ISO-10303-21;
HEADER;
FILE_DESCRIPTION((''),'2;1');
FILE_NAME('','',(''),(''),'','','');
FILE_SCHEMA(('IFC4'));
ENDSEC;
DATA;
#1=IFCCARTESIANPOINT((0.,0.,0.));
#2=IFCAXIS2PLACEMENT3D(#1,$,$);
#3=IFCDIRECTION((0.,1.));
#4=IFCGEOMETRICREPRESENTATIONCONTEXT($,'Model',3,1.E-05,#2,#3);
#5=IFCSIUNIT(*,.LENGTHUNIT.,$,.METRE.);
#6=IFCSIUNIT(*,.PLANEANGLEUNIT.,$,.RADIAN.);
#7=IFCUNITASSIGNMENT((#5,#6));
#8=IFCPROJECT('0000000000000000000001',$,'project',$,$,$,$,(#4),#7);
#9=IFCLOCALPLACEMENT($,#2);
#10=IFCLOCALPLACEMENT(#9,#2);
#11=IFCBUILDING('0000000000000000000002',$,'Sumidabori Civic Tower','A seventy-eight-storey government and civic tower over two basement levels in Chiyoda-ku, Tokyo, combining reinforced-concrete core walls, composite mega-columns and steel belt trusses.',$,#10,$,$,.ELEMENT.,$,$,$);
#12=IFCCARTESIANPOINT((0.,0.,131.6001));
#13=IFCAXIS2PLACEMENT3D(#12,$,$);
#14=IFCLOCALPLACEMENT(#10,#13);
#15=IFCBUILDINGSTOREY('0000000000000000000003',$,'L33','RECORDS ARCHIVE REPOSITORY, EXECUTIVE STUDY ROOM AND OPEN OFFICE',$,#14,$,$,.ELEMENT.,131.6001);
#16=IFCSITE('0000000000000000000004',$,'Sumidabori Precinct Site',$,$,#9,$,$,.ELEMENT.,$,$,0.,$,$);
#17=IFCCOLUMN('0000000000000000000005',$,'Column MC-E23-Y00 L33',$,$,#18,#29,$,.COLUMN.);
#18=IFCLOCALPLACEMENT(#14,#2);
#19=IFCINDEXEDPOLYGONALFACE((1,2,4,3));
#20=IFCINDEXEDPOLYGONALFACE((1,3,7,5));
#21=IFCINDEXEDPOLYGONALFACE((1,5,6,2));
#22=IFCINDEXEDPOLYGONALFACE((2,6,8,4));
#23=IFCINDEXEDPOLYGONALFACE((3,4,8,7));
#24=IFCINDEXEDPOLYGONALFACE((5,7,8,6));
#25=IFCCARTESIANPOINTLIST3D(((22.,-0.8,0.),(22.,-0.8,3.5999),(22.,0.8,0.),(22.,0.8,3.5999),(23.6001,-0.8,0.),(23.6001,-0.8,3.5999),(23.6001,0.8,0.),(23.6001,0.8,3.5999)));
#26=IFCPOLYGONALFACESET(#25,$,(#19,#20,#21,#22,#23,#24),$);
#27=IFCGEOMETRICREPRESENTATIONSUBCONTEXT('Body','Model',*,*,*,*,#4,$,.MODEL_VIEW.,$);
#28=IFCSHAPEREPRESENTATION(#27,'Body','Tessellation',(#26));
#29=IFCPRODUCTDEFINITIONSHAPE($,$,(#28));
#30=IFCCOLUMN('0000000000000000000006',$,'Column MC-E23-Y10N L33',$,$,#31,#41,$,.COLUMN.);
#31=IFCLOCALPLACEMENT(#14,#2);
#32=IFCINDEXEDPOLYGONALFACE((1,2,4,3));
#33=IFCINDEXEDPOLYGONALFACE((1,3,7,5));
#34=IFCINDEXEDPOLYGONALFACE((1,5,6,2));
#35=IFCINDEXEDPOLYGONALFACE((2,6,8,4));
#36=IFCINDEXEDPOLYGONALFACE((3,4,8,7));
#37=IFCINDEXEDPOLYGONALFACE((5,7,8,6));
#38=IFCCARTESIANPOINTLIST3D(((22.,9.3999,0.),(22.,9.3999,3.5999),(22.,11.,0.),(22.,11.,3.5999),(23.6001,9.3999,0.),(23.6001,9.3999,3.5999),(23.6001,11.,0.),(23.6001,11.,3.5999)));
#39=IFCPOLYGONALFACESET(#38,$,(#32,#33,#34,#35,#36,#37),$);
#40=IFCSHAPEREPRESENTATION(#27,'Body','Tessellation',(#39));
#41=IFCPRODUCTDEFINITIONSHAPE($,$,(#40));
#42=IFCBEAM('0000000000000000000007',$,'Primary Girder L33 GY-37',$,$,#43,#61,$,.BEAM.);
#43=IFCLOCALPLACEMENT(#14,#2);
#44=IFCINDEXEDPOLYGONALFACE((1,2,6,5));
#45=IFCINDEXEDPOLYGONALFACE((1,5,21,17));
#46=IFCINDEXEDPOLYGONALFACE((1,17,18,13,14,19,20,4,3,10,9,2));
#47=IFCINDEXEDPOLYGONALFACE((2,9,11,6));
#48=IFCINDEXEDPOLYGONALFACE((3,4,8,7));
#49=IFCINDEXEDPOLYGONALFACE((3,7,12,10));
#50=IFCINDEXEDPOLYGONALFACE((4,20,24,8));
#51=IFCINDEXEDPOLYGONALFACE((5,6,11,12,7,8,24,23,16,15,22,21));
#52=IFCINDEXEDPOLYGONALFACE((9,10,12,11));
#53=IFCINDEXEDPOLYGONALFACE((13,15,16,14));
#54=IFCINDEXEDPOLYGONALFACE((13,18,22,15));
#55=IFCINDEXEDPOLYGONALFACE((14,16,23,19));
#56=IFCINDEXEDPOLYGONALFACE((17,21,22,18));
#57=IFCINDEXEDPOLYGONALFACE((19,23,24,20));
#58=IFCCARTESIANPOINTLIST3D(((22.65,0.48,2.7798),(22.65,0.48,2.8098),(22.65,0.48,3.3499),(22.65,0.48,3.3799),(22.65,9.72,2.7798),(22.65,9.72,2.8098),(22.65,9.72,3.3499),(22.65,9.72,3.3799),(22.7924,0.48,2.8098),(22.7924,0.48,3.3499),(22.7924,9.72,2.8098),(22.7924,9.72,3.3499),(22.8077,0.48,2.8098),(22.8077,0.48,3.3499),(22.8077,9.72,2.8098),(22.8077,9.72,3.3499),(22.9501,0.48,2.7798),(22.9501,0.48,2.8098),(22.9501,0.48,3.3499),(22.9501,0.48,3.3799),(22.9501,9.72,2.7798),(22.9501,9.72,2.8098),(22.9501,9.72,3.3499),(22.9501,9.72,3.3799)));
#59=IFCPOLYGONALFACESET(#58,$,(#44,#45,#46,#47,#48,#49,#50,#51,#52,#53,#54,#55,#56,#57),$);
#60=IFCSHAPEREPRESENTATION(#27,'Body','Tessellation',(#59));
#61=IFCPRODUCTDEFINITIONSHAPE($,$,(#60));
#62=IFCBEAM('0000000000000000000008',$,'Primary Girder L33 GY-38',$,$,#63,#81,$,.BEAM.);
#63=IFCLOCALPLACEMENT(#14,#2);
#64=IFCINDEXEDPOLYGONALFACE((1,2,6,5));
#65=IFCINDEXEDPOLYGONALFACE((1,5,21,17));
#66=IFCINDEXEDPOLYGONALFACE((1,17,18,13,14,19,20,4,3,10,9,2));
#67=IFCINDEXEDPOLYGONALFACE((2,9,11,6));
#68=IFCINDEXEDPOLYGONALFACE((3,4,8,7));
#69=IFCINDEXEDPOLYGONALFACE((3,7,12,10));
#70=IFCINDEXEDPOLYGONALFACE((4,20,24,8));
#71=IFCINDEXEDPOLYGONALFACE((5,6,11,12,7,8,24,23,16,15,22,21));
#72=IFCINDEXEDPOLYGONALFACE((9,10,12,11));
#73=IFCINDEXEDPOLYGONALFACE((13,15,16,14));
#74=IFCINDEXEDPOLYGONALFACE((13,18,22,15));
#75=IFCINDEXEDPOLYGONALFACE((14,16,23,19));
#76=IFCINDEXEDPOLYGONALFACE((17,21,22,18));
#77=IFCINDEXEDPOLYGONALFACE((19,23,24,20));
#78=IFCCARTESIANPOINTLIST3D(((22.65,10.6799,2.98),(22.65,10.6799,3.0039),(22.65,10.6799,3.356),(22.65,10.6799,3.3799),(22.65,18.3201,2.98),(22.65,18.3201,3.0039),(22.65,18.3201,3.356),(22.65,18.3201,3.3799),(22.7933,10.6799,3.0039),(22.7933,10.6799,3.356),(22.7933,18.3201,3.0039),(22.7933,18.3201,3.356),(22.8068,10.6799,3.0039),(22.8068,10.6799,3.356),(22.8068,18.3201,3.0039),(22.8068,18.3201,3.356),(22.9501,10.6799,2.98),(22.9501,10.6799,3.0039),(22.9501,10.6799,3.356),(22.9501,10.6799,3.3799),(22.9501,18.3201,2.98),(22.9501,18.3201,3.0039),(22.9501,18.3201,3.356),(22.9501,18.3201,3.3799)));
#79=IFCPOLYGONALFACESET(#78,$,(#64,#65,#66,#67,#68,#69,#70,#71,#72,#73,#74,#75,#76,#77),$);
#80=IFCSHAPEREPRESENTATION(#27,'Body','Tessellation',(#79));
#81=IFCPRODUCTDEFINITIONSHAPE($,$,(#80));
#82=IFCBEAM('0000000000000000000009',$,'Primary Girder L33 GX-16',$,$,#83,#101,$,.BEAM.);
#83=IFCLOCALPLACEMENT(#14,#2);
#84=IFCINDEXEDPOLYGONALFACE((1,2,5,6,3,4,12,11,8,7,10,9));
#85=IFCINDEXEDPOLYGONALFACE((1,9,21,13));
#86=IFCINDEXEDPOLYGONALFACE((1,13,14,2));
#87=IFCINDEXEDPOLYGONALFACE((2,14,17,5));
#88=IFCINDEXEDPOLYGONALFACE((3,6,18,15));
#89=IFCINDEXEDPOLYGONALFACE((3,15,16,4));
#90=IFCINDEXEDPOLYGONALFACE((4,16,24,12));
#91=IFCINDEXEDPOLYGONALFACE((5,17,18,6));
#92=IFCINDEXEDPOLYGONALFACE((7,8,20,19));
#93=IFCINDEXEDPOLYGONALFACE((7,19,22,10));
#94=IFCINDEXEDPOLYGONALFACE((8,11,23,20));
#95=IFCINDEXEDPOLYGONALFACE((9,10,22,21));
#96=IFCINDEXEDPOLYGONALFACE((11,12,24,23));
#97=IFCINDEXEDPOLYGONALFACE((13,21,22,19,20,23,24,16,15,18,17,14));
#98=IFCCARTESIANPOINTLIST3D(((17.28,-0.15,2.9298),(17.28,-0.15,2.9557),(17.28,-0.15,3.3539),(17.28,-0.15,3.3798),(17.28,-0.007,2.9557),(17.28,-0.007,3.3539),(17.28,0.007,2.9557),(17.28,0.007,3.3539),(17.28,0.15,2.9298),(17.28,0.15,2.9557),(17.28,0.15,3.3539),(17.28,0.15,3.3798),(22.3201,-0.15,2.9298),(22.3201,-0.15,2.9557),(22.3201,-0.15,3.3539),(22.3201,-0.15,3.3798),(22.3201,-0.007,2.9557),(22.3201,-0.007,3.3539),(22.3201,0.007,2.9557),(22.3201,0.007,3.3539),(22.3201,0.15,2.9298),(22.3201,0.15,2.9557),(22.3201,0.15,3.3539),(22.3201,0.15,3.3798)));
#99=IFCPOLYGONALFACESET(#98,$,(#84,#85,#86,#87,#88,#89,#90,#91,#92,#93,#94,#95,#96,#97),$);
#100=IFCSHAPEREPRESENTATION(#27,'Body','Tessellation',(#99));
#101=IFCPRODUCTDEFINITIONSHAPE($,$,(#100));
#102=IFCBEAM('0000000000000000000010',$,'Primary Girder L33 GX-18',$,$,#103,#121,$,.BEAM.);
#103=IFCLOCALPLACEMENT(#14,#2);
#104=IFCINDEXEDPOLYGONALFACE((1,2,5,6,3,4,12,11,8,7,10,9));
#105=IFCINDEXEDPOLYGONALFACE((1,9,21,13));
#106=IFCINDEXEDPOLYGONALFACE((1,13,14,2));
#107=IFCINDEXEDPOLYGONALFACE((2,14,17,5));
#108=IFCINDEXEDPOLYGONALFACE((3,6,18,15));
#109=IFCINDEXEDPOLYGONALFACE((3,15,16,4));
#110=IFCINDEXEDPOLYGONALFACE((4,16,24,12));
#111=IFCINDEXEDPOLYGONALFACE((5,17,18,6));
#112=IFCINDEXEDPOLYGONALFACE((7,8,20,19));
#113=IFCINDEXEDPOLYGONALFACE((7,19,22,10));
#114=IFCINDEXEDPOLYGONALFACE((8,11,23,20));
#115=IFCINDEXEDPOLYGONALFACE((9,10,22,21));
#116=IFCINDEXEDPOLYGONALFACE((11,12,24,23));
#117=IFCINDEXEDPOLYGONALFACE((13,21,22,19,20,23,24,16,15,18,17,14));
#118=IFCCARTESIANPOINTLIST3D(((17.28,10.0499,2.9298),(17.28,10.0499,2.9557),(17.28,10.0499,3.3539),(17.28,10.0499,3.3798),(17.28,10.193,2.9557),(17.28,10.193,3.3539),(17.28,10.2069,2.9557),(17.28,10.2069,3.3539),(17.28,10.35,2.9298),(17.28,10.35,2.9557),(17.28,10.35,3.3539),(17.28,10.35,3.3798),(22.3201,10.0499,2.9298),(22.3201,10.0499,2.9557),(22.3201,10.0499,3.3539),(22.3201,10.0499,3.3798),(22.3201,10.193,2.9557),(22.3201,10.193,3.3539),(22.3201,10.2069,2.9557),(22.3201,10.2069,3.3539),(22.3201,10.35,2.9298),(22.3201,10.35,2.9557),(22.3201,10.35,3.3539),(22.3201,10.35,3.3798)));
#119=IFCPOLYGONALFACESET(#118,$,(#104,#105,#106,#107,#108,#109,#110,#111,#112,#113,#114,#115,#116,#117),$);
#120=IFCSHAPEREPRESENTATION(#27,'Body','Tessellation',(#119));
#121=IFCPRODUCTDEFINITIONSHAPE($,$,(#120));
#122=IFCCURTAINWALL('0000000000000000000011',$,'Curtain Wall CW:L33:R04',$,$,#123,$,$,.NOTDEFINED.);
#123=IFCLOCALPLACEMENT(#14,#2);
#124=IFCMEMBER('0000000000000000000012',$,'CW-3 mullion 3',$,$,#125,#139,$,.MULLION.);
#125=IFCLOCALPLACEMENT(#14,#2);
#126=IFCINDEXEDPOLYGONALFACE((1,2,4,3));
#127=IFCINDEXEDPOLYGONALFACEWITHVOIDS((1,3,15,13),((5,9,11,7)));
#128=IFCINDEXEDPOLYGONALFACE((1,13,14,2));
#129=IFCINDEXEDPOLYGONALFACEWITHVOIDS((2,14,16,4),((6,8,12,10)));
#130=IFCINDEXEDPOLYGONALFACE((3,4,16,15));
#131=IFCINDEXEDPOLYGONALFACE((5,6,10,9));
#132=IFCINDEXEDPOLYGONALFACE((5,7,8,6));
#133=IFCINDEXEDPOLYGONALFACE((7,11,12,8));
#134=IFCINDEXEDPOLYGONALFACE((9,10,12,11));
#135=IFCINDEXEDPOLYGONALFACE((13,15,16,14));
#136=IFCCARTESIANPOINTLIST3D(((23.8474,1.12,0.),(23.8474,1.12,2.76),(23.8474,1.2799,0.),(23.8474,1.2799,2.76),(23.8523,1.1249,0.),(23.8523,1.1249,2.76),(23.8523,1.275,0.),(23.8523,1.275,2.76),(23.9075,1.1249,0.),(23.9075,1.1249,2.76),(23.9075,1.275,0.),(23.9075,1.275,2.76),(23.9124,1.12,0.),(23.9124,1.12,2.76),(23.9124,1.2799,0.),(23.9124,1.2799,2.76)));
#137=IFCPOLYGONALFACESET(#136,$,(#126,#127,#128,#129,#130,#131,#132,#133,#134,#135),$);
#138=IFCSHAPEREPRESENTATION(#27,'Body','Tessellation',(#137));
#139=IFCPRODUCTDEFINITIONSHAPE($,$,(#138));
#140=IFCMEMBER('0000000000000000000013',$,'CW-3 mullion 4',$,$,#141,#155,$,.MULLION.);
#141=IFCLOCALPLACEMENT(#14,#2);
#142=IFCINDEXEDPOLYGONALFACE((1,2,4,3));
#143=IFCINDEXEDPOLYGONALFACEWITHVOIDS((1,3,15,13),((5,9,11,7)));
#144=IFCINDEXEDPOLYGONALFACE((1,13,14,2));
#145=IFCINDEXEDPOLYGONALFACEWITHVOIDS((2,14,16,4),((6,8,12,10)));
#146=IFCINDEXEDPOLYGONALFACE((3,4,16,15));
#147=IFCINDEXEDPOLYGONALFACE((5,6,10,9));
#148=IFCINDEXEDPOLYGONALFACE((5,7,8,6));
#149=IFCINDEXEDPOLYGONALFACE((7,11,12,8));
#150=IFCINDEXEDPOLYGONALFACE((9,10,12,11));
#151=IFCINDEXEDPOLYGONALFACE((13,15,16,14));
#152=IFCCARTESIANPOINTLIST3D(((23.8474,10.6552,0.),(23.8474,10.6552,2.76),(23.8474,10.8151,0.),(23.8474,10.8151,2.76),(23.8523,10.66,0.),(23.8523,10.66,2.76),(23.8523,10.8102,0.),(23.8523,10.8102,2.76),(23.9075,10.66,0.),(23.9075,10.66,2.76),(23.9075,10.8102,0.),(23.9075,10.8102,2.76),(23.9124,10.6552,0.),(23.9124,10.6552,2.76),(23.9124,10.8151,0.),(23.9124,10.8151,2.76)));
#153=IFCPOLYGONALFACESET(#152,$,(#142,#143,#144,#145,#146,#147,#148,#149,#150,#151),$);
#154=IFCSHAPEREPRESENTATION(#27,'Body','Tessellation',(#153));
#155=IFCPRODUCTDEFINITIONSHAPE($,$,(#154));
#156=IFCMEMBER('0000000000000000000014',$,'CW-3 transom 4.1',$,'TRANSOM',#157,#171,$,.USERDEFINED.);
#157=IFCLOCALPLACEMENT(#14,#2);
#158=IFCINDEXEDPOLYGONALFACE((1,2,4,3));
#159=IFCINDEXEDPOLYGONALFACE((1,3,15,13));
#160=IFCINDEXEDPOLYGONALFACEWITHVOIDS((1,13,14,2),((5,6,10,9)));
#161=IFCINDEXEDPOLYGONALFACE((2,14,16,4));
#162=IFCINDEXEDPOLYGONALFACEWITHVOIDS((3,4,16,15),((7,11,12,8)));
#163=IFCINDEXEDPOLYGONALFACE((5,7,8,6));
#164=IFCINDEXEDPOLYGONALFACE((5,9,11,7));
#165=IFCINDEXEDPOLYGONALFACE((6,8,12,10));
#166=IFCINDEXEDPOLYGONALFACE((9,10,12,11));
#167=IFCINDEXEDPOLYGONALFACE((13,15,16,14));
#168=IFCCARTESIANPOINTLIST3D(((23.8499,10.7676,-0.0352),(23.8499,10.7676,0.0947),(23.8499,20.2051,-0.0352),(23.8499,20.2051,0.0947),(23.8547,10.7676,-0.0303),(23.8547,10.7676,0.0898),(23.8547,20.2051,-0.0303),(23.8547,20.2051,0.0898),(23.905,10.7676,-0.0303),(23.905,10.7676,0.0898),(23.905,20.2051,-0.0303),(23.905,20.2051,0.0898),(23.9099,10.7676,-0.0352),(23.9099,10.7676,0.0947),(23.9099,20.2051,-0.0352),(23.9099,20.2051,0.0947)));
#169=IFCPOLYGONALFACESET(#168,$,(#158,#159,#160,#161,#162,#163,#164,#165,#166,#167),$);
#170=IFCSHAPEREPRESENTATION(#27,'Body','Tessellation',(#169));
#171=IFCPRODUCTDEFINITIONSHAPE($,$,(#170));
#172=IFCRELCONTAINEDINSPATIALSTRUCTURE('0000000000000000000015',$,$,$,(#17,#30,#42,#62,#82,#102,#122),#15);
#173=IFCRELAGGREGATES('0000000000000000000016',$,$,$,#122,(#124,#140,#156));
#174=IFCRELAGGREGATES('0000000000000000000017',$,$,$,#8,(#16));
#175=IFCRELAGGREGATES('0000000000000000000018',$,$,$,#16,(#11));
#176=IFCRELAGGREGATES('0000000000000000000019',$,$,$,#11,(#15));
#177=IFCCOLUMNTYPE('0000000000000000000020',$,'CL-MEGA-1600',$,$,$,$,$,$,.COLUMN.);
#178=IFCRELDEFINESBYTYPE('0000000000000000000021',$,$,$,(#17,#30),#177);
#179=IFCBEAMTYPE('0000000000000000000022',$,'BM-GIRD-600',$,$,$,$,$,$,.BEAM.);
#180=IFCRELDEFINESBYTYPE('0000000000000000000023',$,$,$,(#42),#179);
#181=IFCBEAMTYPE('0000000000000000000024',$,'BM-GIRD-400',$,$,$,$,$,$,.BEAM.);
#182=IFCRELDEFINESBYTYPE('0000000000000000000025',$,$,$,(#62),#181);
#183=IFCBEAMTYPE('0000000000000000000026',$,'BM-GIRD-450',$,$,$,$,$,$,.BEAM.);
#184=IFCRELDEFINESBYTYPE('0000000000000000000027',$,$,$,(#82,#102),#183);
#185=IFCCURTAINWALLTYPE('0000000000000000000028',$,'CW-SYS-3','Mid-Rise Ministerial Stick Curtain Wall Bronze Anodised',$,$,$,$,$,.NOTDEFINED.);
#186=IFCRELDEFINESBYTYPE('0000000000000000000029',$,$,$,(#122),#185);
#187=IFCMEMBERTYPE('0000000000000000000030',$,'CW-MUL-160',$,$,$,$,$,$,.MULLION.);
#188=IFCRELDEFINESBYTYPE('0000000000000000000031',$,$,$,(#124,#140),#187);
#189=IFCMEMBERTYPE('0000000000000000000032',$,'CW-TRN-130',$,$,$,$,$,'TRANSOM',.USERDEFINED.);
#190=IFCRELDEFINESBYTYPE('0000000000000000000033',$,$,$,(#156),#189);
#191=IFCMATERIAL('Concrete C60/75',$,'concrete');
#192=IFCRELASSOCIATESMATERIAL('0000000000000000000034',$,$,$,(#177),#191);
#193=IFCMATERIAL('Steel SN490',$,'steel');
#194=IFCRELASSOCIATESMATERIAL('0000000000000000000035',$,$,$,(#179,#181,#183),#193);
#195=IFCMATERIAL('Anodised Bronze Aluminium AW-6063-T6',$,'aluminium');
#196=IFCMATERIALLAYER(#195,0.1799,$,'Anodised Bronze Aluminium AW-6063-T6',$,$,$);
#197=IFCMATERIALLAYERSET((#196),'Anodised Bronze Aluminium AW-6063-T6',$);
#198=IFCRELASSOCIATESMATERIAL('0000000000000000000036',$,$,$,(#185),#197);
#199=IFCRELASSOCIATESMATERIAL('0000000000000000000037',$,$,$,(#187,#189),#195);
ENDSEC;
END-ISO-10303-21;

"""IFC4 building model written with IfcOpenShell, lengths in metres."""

from ifc_helpers import new_model, si_unit, direction, frame, origin, origin_2d, place, context, subcontext, project, spatial, rectangle, hollow_rectangle, i_section, extrude, source, transform, mapped, material, layer, layer_set, material_profile, profile_set, type_object, element, aggregate, save


model = new_model("IFC4")

# Units and contexts
model_context = context("Model", 3, precision=1e-05, world=origin(), true_north=direction((0.0, 1.0)))
body_context = subcontext(model_context, "Body", "Model", "MODEL_VIEW")
ifc_project = project(units=[si_unit("LENGTHUNIT", "METRE"), si_unit("PLANEANGLEUNIT", "RADIAN")], contexts=[model_context])

# Site, building, storey
site_placement = place(None, origin())
site = spatial("IfcSite", under=ifc_project, at=site_placement, Name="Sumidabori Precinct Site", CompositionType="ELEMENT", RefElevation=0.0)
building_placement = place(site_placement, origin())
building = spatial("IfcBuilding", under=site, at=building_placement, Name="Sumidabori Civic Tower", Description="A seventy-eight-storey government and civic tower over two basement levels in Chiyoda-ku, Tokyo, combining reinforced-concrete core walls, composite mega-columns and steel belt trusses.", CompositionType="ELEMENT")
storey_placement = place(building_placement, frame((0.0, 0.0, 131.6001)))
storey = spatial("IfcBuildingStorey", under=building, at=storey_placement, Name="L33", Description="RECORDS ARCHIVE REPOSITORY, EXECUTIVE STUDY ROOM AND OPEN OFFICE", CompositionType="ELEMENT", Elevation=131.6001)

# Columns
ifc_material_1 = material(Name="Concrete C60/75", Category="concrete")
ifc_material_profile_1 = material_profile(ifc_material_1, rectangle(XDim=1.6001, YDim=1.6001, at=origin_2d()), Name="RC 1600x1600")
ifc_profile_set_1 = profile_set([ifc_material_profile_1], Name="Concrete C60/75")
column_type = type_object("IfcColumnType", Name="CL-MEGA-1600", PredefinedType="COLUMN", material=ifc_profile_set_1)
shared_shape_1 = source(origin(), body_context, "Body", "SweptSolid", [
    extrude(rectangle(XDim=1.6001, YDim=1.6001, at=origin_2d()), origin(), (0.0, 0.0, 1.0), 3.5999),
])
for number, where, z_axis, x_axis, name in (
    (1, (22.8, 0.0, 0.0), (0.0, 0.0, 1.0), (1.0, 0.0, 0.0), "Column MC-E23-Y00 L33"),
    (2, (22.8, 10.2, 0.0), (0.0, 0.0, 1.0), (1.0, 0.0, 0.0), "Column MC-E23-Y10N L33"),
):
    element("IfcColumn", number, at=place(storey_placement, frame(where, z_axis=z_axis, x_axis=x_axis)), inside=storey, type_object=column_type, Name=name, PredefinedType="COLUMN", context=body_context, shape_type="MappedRepresentation", body=[
        mapped(shared_shape_1, transform((0.0, 0.0, 0.0), x_axis=(1.0, 0.0, 0.0), y_axis=(0.0, 1.0, 0.0), z_axis=(0.0, 0.0, 1.0), scale=1.0)),
    ])

# Beams
ifc_material_2 = material(Name="Steel SN490", Category="steel")
ifc_material_profile_2 = material_profile(ifc_material_2, i_section(OverallWidth=0.3, OverallDepth=0.6001, WebThickness=0.0154, FlangeThickness=0.03, at=origin_2d()), Name="HE 600 B")
ifc_profile_set_2 = profile_set([ifc_material_profile_2], Name="Steel SN490")
beam_type_1 = type_object("IfcBeamType", Name="BM-GIRD-600", PredefinedType="BEAM", material=ifc_profile_set_2)
shared_shape_2 = source(origin(), body_context, "Body", "SweptSolid", [
    extrude(i_section(OverallWidth=0.3, OverallDepth=0.6001, WebThickness=0.0154, FlangeThickness=0.03, at=origin_2d()), origin(), (0.0, 0.0, 1.0), 9.24),
])
beam_1_placement = place(storey_placement, frame((22.8, 0.48, 3.0798), z_axis=(0.0, 1.0, 0.0), x_axis=(-1.0, 0.0, 0.0)))
element("IfcBeam", 3, at=beam_1_placement, inside=storey, type_object=beam_type_1, Name="Primary Girder L33 GY-37", PredefinedType="BEAM", context=body_context, shape_type="MappedRepresentation", body=[
    mapped(shared_shape_2, transform((0.0, 0.0, 0.0), x_axis=(1.0, 0.0, 0.0), y_axis=(0.0, 1.0, 0.0), z_axis=(0.0, 0.0, 1.0), scale=1.0)),
])
ifc_material_profile_3 = material_profile(ifc_material_2, i_section(OverallWidth=0.3, OverallDepth=0.3999, WebThickness=0.0134, FlangeThickness=0.0239, at=origin_2d()), Name="HE 400 B")
ifc_profile_set_3 = profile_set([ifc_material_profile_3], Name="Steel SN490")
beam_type_2 = type_object("IfcBeamType", Name="BM-GIRD-400", PredefinedType="BEAM", material=ifc_profile_set_3)
shared_shape_3 = source(origin(), body_context, "Body", "SweptSolid", [
    extrude(i_section(OverallWidth=0.3, OverallDepth=0.3999, WebThickness=0.0134, FlangeThickness=0.0239, at=origin_2d()), origin(), (0.0, 0.0, 1.0), 7.6401),
])
beam_2_placement = place(storey_placement, frame((22.8, 10.6799, 3.1799), z_axis=(0.0, 1.0, 0.0), x_axis=(-1.0, 0.0, 0.0)))
element("IfcBeam", 4, at=beam_2_placement, inside=storey, type_object=beam_type_2, Name="Primary Girder L33 GY-38", PredefinedType="BEAM", context=body_context, shape_type="MappedRepresentation", body=[
    mapped(shared_shape_3, transform((0.0, 0.0, 0.0), x_axis=(1.0, 0.0, 0.0), y_axis=(0.0, 1.0, 0.0), z_axis=(0.0, 0.0, 1.0), scale=1.0)),
])
ifc_material_profile_4 = material_profile(ifc_material_2, i_section(OverallWidth=0.3, OverallDepth=0.45, WebThickness=0.0139, FlangeThickness=0.0259, at=origin_2d()), Name="HE 450 B")
ifc_profile_set_4 = profile_set([ifc_material_profile_4], Name="Steel SN490")
beam_type_3 = type_object("IfcBeamType", Name="BM-GIRD-450", PredefinedType="BEAM", material=ifc_profile_set_4)
shared_shape_4 = source(origin(), body_context, "Body", "SweptSolid", [
    extrude(i_section(OverallWidth=0.3, OverallDepth=0.45, WebThickness=0.0139, FlangeThickness=0.0259, at=origin_2d()), origin(), (0.0, 0.0, 1.0), 5.04),
])
for number, where, z_axis, x_axis, name in (
    (5, (17.28, 0.0, 3.1548), (1.0, 0.0, 0.0), (0.0, 1.0, 0.0), "Primary Girder L33 GX-16"),
    (6, (17.28, 10.2, 3.1548), (1.0, 0.0, 0.0), (0.0, 1.0, 0.0), "Primary Girder L33 GX-18"),
):
    element("IfcBeam", number, at=place(storey_placement, frame(where, z_axis=z_axis, x_axis=x_axis)), inside=storey, type_object=beam_type_3, Name=name, PredefinedType="BEAM", context=body_context, shape_type="MappedRepresentation", body=[
        mapped(shared_shape_4, transform((0.0, 0.0, 0.0), x_axis=(1.0, 0.0, 0.0), y_axis=(0.0, 1.0, 0.0), z_axis=(0.0, 0.0, 1.0), scale=1.0)),
    ])

# Curtain wall, members
ifc_material_3 = material(Name="Anodised Bronze Aluminium AW-6063-T6", Category="aluminium")
ifc_layer_1 = layer(ifc_material_3, 0.1799, Name="Anodised Bronze Aluminium AW-6063-T6")
ifc_layer_set_1 = layer_set([ifc_layer_1], Name="Anodised Bronze Aluminium AW-6063-T6")
curtain_wall_type = type_object("IfcCurtainWallType", Name="CW-SYS-3", Description="Mid-Rise Ministerial Stick Curtain Wall Bronze Anodised", PredefinedType="NOTDEFINED", material=ifc_layer_set_1)
curtain_wall_placement = place(storey_placement, origin())
curtain_wall = element("IfcCurtainWall", 7, at=curtain_wall_placement, inside=storey, type_object=curtain_wall_type, Name="Curtain Wall CW:L33:R04", PredefinedType="NOTDEFINED")
ifc_material_profile_5 = material_profile(ifc_material_3, hollow_rectangle(XDim=0.0649, YDim=0.1599, WallThickness=0.0049, at=origin_2d()), Name="ALU MULLION 160x65")
ifc_profile_set_5 = profile_set([ifc_material_profile_5], Name="Anodised Bronze Aluminium AW-6063-T6")
member_type_1 = type_object("IfcMemberType", Name="CW-MUL-160", PredefinedType="MULLION", material=ifc_profile_set_5)
shared_shape_5 = source(origin(), body_context, "Body", "SweptSolid", [
    extrude(hollow_rectangle(XDim=0.0649, YDim=0.1599, WallThickness=0.0049, at=origin_2d()), origin(), (0.0, 0.0, 1.0), 2.76),
])
member_1_placement = place(storey_placement, frame((23.8799, 1.2, 0.0), z_axis=(0.0, 0.0, 1.0), x_axis=(-1.0, 0.0, 0.0)))
member_1 = element("IfcMember", 8, at=member_1_placement, type_object=member_type_1, Name="CW-3 mullion 3", PredefinedType="MULLION", context=body_context, shape_type="MappedRepresentation", body=[
    mapped(shared_shape_5, transform((0.0, 0.0, 0.0), x_axis=(1.0, 0.0, 0.0), y_axis=(0.0, 1.0, 0.0), z_axis=(0.0, 0.0, 1.0), scale=1.0)),
])
member_2_placement = place(storey_placement, frame((23.8799, 10.7351, 0.0), z_axis=(0.0, 0.0, 1.0), x_axis=(-1.0, 0.0, 0.0)))
member_2 = element("IfcMember", 9, at=member_2_placement, type_object=member_type_1, Name="CW-3 mullion 4", PredefinedType="MULLION", context=body_context, shape_type="MappedRepresentation", body=[
    mapped(shared_shape_5, transform((0.0, 0.0, 0.0), x_axis=(1.0, 0.0, 0.0), y_axis=(0.0, 1.0, 0.0), z_axis=(0.0, 0.0, 1.0), scale=1.0)),
])
ifc_material_profile_6 = material_profile(ifc_material_3, hollow_rectangle(XDim=0.0601, YDim=0.1299, WallThickness=0.0049, at=origin_2d()), Name="ALU TRANSOM 130x60")
ifc_profile_set_6 = profile_set([ifc_material_profile_6], Name="Anodised Bronze Aluminium AW-6063-T6")
member_type_2 = type_object("IfcMemberType", Name="CW-TRN-130", ElementType="TRANSOM", PredefinedType="USERDEFINED", material=ifc_profile_set_6)
shared_shape_6 = source(origin(), body_context, "Body", "SweptSolid", [
    extrude(hollow_rectangle(XDim=0.0601, YDim=0.1299, WallThickness=0.0049, at=origin_2d()), origin(), (0.0, 0.0, 1.0), 9.4375),
])
member_3_placement = place(storey_placement, frame((23.8799, 10.7676, 0.0298), z_axis=(0.0, 1.0, 0.0), x_axis=(-1.0, 0.0, 0.0)))
member_3 = element("IfcMember", 10, at=member_3_placement, type_object=member_type_2, Name="CW-3 transom 4.1", ObjectType="TRANSOM", PredefinedType="USERDEFINED", context=body_context, shape_type="MappedRepresentation", body=[
    mapped(shared_shape_6, transform((0.0, 0.0, 0.0), x_axis=(1.0, 0.0, 0.0), y_axis=(0.0, 1.0, 0.0), z_axis=(0.0, 0.0, 1.0), scale=1.0)),
])
aggregate(curtain_wall, [member_1, member_2, member_3])

save(model, "model.ifc")
